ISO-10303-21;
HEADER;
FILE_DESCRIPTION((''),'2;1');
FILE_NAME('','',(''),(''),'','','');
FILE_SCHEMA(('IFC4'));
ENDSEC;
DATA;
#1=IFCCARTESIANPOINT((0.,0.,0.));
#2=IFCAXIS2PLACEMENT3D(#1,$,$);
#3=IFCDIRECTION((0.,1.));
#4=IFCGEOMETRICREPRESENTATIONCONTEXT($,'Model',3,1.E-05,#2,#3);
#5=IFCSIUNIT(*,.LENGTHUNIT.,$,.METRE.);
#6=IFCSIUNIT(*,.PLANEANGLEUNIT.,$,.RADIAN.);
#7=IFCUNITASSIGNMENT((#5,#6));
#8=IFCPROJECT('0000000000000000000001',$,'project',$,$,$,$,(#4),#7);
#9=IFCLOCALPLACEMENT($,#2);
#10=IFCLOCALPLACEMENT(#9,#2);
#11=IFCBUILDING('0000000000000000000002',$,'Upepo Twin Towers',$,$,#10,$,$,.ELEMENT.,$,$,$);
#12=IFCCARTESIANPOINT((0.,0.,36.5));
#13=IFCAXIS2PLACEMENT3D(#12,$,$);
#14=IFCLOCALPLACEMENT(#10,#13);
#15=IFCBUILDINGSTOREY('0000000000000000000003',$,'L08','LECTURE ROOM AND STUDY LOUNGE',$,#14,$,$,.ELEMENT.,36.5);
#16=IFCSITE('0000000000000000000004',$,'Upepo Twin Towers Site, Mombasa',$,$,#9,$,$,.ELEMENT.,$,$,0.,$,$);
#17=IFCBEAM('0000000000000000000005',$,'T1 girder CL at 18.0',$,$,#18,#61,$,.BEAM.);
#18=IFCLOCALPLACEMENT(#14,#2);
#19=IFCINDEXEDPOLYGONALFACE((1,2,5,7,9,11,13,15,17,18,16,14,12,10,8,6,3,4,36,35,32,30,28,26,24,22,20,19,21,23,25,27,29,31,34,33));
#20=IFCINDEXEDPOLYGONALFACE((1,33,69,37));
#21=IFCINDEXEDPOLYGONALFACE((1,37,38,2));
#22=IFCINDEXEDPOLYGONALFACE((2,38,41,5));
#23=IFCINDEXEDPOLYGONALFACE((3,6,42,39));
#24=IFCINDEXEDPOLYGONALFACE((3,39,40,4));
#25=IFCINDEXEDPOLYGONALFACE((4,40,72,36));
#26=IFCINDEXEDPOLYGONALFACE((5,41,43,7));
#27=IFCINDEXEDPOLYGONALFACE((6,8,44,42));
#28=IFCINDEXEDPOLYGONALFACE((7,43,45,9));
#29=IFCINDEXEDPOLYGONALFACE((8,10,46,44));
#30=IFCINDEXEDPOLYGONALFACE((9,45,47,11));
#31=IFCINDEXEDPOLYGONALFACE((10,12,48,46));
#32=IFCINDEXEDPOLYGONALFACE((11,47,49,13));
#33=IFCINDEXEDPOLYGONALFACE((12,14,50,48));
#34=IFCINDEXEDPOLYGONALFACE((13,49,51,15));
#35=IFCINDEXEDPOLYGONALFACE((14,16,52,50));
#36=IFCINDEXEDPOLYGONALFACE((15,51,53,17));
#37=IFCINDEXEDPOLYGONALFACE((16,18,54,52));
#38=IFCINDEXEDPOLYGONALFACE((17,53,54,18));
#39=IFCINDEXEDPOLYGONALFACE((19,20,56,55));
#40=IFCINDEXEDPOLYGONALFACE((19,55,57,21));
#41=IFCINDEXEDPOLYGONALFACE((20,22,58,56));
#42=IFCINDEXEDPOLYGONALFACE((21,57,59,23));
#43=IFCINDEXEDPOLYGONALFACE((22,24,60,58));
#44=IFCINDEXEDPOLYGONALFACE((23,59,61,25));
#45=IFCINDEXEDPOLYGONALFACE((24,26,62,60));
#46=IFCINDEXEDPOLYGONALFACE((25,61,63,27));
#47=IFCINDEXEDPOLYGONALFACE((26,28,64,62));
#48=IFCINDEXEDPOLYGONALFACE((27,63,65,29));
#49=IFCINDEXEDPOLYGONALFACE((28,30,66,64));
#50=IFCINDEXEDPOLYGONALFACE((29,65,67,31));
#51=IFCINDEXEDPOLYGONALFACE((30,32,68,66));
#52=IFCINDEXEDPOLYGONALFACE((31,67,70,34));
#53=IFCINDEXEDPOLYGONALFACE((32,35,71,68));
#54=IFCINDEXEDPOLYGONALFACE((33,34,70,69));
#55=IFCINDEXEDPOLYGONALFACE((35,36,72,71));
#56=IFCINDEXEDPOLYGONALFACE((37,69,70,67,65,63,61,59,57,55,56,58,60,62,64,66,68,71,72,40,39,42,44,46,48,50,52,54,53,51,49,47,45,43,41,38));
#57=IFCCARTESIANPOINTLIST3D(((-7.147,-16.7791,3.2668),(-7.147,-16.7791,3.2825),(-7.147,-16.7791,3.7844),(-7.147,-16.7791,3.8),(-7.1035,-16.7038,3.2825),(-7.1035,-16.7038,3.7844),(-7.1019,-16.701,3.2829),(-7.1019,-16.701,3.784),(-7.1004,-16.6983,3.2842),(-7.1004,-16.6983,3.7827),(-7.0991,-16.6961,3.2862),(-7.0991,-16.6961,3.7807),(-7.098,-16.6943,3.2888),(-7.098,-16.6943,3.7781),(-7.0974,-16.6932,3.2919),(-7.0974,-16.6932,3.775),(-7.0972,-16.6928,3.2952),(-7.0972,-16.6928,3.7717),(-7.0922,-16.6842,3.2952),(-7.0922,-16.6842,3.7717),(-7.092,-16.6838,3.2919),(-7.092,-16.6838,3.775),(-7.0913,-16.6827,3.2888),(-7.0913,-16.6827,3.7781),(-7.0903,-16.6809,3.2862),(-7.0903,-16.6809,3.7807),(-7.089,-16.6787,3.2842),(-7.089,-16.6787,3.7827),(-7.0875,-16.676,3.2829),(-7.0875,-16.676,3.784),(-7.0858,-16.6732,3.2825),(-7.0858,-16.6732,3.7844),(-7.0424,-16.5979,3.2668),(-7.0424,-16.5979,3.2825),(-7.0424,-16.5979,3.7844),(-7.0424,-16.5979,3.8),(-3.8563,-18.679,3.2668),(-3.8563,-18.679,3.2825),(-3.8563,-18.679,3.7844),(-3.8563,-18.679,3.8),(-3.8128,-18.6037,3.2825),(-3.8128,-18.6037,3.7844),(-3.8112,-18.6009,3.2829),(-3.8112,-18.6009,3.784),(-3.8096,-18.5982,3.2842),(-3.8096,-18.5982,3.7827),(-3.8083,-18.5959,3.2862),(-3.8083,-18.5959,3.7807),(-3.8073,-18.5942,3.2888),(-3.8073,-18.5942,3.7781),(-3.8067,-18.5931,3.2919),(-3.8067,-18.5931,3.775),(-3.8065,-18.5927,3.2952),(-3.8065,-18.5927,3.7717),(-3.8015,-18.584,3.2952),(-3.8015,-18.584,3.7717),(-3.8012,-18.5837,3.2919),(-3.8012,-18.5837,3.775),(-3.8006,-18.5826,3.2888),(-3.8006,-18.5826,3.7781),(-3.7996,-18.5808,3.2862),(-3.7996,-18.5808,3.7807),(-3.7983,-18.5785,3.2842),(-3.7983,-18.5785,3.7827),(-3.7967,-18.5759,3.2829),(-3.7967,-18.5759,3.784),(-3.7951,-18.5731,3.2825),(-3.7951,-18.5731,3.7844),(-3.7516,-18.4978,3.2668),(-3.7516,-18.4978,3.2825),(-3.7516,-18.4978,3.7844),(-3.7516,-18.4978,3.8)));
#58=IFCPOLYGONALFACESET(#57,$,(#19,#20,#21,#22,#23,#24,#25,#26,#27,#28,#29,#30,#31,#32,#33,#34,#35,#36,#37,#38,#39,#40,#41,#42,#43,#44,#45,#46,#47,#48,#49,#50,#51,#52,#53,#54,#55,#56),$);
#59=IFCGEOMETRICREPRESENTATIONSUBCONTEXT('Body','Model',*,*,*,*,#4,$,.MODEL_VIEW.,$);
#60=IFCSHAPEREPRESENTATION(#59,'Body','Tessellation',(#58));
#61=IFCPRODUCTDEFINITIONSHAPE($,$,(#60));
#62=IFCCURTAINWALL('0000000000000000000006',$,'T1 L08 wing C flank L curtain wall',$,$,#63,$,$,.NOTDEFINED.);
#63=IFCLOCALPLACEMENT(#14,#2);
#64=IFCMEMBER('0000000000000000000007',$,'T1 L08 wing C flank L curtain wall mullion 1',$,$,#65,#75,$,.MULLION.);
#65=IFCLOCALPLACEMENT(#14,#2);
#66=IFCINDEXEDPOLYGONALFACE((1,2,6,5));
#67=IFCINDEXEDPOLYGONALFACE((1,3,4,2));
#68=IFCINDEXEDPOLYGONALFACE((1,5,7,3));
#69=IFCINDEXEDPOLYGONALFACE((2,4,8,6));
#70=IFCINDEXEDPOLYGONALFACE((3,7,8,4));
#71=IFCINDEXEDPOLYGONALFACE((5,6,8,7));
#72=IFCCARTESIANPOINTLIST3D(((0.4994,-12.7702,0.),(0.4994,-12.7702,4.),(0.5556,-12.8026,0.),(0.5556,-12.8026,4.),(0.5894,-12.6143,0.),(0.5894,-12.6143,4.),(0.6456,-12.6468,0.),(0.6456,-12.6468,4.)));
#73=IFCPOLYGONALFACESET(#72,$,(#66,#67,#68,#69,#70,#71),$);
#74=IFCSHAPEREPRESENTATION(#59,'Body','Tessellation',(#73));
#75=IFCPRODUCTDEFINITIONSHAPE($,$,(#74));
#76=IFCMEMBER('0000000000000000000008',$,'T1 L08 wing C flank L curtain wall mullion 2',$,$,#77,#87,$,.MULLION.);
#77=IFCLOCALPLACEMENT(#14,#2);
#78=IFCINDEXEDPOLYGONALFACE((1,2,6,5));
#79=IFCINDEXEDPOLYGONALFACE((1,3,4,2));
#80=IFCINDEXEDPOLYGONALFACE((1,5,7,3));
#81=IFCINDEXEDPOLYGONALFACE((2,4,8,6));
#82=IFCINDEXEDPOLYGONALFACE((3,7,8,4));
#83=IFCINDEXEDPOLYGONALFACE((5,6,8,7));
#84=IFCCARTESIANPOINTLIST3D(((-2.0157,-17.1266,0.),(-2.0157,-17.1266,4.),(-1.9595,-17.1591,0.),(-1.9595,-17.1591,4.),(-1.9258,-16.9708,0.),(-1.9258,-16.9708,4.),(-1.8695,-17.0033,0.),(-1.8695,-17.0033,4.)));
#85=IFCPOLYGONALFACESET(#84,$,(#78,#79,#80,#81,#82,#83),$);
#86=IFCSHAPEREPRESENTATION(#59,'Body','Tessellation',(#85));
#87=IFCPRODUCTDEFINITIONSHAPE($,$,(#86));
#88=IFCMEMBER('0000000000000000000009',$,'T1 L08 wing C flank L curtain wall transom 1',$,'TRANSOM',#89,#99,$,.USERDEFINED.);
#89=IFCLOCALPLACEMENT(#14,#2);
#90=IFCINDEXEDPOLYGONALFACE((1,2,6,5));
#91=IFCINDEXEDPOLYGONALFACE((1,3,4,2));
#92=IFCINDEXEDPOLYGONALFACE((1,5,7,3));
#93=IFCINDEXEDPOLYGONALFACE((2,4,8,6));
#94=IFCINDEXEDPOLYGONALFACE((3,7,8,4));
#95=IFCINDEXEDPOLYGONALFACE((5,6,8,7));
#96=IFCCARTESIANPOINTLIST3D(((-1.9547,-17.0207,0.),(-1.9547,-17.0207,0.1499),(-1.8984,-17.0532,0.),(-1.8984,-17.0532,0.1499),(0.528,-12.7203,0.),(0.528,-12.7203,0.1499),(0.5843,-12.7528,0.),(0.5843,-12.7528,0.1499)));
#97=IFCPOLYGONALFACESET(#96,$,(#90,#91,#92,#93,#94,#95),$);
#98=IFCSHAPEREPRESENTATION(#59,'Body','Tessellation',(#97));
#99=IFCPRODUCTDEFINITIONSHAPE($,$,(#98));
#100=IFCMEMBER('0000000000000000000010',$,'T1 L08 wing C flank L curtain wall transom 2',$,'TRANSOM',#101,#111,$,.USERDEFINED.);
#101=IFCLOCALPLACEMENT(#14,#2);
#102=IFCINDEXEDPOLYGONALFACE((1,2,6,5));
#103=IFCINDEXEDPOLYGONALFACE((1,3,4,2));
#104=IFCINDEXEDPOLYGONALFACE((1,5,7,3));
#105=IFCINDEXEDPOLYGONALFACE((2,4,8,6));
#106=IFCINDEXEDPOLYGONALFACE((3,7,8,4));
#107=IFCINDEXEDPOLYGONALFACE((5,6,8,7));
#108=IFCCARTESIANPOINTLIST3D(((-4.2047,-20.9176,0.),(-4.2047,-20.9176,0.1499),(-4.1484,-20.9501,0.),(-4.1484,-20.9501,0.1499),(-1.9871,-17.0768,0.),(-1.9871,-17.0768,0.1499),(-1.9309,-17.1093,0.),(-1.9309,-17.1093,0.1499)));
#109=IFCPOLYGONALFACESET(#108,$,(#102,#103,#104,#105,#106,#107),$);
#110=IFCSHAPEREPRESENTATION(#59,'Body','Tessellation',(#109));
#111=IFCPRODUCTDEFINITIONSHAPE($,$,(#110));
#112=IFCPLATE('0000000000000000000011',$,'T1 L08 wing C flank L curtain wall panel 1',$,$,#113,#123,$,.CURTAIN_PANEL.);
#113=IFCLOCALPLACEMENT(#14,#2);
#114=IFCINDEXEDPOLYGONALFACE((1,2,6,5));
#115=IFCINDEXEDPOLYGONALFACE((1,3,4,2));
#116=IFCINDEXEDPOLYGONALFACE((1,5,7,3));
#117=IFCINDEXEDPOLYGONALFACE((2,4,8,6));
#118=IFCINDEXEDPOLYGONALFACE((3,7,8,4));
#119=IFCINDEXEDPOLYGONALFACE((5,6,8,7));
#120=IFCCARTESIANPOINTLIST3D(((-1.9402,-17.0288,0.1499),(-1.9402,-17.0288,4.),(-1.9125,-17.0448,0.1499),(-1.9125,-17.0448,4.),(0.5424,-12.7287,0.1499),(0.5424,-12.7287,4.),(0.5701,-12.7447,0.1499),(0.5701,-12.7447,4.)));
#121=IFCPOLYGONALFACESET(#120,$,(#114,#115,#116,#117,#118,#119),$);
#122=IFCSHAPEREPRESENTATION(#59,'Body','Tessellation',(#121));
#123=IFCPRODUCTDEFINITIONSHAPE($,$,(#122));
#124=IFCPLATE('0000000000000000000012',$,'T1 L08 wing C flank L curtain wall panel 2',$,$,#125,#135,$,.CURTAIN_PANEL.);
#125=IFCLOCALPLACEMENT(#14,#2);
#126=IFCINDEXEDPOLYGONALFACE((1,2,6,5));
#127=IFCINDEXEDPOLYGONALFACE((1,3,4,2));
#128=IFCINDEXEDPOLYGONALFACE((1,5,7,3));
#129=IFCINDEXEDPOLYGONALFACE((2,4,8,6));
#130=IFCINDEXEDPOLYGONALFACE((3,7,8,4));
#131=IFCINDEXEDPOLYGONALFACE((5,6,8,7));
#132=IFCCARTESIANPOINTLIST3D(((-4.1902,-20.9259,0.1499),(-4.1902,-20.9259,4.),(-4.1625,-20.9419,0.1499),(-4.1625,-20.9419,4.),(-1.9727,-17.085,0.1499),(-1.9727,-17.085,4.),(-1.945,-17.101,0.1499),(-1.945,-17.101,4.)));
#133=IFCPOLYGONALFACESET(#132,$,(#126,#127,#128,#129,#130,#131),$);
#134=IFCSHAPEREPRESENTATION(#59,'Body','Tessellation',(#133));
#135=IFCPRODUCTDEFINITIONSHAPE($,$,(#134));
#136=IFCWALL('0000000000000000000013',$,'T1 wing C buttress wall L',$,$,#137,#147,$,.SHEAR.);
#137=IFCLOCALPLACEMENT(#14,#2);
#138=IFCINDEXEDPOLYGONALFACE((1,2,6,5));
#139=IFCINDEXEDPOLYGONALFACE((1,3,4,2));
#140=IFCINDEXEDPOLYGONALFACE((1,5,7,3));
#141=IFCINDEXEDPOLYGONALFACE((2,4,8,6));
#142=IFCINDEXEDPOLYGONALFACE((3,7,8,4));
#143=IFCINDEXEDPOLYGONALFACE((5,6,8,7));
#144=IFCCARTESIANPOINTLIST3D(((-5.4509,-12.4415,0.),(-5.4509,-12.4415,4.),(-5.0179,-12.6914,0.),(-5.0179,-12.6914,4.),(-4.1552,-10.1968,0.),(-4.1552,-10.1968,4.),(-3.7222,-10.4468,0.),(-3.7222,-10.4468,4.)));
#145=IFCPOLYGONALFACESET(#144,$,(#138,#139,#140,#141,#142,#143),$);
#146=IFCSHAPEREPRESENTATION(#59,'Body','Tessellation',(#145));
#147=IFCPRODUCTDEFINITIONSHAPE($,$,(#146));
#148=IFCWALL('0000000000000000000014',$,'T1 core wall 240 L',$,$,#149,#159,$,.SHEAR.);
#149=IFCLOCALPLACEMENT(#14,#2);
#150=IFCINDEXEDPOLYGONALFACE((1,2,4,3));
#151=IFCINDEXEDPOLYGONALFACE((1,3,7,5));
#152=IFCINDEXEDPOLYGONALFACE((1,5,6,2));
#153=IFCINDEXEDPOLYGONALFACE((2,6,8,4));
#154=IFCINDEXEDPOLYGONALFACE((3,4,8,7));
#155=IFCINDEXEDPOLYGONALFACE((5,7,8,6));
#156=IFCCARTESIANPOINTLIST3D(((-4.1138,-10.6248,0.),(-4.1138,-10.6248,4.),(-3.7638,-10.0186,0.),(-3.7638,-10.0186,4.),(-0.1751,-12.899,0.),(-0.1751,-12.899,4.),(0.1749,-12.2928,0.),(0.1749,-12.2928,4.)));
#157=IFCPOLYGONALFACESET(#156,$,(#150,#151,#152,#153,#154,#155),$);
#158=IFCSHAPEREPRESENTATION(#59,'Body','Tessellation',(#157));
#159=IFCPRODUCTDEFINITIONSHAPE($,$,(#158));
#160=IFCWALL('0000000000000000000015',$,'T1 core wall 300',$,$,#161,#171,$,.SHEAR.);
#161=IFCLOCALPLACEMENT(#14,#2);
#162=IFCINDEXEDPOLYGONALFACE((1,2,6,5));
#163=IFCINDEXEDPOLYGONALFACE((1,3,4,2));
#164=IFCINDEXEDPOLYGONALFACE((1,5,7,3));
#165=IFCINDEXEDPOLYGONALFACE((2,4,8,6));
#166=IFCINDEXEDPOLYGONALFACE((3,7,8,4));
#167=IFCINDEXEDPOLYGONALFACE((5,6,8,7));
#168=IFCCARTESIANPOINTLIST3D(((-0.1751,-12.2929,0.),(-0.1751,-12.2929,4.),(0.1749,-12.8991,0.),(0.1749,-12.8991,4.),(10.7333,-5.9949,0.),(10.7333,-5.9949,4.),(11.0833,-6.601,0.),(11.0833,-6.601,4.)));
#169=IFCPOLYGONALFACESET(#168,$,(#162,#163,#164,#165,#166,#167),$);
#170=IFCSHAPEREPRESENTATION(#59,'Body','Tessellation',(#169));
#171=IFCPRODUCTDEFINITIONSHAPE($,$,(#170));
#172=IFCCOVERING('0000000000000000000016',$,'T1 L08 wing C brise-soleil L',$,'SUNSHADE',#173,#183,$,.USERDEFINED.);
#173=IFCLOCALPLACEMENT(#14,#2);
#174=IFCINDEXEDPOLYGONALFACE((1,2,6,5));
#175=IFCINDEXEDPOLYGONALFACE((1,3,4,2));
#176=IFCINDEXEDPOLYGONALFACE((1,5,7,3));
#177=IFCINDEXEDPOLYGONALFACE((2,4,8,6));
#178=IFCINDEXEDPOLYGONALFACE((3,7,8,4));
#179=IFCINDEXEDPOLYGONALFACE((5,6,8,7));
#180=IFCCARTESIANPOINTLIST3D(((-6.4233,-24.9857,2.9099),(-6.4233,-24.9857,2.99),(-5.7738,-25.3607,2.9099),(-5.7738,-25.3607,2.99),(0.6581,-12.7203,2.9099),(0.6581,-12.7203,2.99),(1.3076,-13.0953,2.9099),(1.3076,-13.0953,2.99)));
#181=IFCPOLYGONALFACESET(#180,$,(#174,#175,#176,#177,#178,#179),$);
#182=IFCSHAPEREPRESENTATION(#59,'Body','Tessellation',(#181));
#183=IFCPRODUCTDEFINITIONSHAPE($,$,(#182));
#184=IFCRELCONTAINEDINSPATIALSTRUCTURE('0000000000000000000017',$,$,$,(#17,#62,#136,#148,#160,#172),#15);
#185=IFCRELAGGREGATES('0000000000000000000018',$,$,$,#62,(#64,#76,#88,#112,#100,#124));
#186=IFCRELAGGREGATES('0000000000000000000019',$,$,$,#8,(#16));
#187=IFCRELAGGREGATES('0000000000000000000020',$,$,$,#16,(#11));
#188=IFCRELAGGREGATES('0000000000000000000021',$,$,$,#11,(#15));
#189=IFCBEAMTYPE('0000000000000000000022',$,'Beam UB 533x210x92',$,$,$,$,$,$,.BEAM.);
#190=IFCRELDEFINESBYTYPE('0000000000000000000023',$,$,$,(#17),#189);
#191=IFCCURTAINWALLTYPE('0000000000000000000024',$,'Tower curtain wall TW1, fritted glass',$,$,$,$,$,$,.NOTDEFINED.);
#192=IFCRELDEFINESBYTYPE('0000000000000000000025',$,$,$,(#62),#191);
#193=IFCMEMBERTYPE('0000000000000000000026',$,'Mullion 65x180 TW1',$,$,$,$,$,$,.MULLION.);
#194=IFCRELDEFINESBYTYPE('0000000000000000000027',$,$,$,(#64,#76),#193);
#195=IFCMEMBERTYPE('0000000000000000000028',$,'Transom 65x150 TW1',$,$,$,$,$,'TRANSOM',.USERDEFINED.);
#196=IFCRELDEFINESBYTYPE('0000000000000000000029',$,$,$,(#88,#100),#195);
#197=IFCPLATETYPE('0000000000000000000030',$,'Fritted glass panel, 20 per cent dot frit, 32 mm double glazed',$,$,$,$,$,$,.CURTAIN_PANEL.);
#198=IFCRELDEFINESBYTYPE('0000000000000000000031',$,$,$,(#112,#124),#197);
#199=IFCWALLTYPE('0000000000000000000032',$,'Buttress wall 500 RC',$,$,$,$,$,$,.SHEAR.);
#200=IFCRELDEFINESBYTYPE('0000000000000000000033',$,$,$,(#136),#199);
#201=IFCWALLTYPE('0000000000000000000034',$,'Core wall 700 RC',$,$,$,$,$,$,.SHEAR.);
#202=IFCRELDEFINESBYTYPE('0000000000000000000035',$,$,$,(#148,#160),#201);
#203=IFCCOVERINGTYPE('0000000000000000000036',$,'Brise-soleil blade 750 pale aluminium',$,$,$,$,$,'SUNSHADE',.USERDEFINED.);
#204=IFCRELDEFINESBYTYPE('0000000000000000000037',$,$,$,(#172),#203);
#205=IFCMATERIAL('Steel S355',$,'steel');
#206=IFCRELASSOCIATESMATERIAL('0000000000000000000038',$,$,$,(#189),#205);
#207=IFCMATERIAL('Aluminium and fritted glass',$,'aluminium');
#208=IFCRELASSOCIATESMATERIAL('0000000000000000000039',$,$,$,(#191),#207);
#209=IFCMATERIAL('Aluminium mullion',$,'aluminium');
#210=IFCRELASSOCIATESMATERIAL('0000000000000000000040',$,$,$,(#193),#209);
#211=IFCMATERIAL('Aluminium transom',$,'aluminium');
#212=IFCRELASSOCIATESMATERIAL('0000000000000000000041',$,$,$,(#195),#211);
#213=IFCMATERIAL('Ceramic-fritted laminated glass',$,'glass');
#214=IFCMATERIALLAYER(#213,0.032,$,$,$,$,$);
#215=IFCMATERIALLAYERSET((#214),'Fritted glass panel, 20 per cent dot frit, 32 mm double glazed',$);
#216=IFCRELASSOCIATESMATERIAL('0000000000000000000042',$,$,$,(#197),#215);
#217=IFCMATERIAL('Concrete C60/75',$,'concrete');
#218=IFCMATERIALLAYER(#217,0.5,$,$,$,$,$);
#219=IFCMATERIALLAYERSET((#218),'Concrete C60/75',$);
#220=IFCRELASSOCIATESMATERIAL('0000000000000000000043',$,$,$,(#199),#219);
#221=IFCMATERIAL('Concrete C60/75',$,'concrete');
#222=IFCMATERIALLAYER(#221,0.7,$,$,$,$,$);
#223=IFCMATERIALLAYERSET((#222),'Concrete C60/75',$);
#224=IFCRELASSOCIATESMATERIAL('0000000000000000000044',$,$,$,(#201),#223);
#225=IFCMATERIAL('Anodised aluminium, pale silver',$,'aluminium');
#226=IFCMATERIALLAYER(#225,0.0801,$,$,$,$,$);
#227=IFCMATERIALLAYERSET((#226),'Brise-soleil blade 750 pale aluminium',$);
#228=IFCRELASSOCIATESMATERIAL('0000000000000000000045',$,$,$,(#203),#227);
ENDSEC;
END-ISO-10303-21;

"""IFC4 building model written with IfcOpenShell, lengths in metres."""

from ifc_helpers import new_model, si_unit, direction, frame, frame_2d, origin, origin_2d, place, context, subcontext, project, spatial, rectangle, i_section, extrude, material, layer, layer_set, material_profile, profile_set, type_object, element, aggregate, save


model = new_model("IFC4")

# Units and contexts
model_context = context("Model", 3, precision=1e-05, world=origin(), true_north=direction((0.0, 1.0)))
body_context = subcontext(model_context, "Body", "Model", "MODEL_VIEW")
ifc_project = project(units=[si_unit("LENGTHUNIT", "METRE"), si_unit("PLANEANGLEUNIT", "RADIAN")], contexts=[model_context])

# Site, building, storey
site_placement = place(None, origin())
site = spatial("IfcSite", under=ifc_project, at=site_placement, Name="Upepo Twin Towers Site, Mombasa", CompositionType="ELEMENT", RefElevation=0.0)
building_placement = place(site_placement, origin())
building = spatial("IfcBuilding", under=site, at=building_placement, Name="Upepo Twin Towers", CompositionType="ELEMENT")
storey_placement = place(building_placement, frame((0.0, 0.0, 36.5)))
storey = spatial("IfcBuildingStorey", under=building, at=storey_placement, Name="L08", Description="LECTURE ROOM AND STUDY LOUNGE", CompositionType="ELEMENT", Elevation=36.5)

# Beam
ifc_material_1 = material(Name="Steel S355", Category="steel")
ifc_material_profile_1 = material_profile(ifc_material_1, i_section(OverallWidth=0.2092, OverallDepth=0.5332, WebThickness=0.01, FlangeThickness=0.0156, FilletRadius=0.0127, at=origin_2d()), Name="UB 533x210x92")
ifc_profile_set_1 = profile_set([ifc_material_profile_1], Name="Steel S355")
beam_type_1 = type_object("IfcBeamType", Name="Beam UB 533x210x92", PredefinedType="BEAM", material=ifc_profile_set_1)
beam_1_placement = place(storey_placement, frame((-3.804, -18.5884, 3.5334), z_axis=(-0.866028, 0.499995, 0.0), x_axis=(-0.499995, -0.866028, 0.0)))
element("IfcBeam", 1, at=beam_1_placement, inside=storey, type_object=beam_type_1, Name="T1 girder CL at 18.0", PredefinedType="BEAM", context=body_context, shape_type="SweptSolid", body=[
    extrude(i_section(OverallWidth=0.2092, OverallDepth=0.5332, WebThickness=0.01, FlangeThickness=0.0156, FilletRadius=0.0127, at=origin_2d()), origin(), (0.0, 0.0, 1.0), 3.7998),
])

# Curtain wall, members, plates
ifc_material_2 = material(Name="Aluminium and fritted glass", Category="aluminium")
curtain_wall_type = type_object("IfcCurtainWallType", Name="Tower curtain wall TW1, fritted glass", PredefinedType="NOTDEFINED", material=ifc_material_2)
curtain_wall_placement = place(storey_placement, origin())
curtain_wall = element("IfcCurtainWall", 2, at=curtain_wall_placement, inside=storey, type_object=curtain_wall_type, Name="T1 L08 wing C flank L curtain wall", PredefinedType="NOTDEFINED")
ifc_material_3 = material(Name="Aluminium mullion", Category="aluminium")
ifc_material_profile_2 = material_profile(ifc_material_3, rectangle(XDim=0.0649, YDim=0.1799, at=origin_2d()), Name="MULLION 65x180")
ifc_profile_set_2 = profile_set([ifc_material_profile_2], Name="Aluminium mullion")
member_type_1 = type_object("IfcMemberType", Name="Mullion 65x180 TW1", PredefinedType="MULLION", material=ifc_profile_set_2)
member_1_placement = place(storey_placement, frame((0.5725, -12.7085, 0.0), z_axis=(0.0, 0.0, 1.0), x_axis=(0.866025, -0.5, 0.0)))
member_1 = element("IfcMember", 3, at=member_1_placement, type_object=member_type_1, Name="T1 L08 wing C flank L curtain wall mullion 1", PredefinedType="MULLION", context=body_context, shape_type="SweptSolid", body=[
    extrude(rectangle(XDim=0.0649, YDim=0.1799, at=origin_2d()), origin(), (0.0, 0.0, 1.0), 4.0),
])
member_2_placement = place(storey_placement, frame((-1.9426, -17.0649, 0.0), z_axis=(0.0, 0.0, 1.0), x_axis=(0.866025, -0.5, 0.0)))
member_2 = element("IfcMember", 4, at=member_2_placement, type_object=member_type_1, Name="T1 L08 wing C flank L curtain wall mullion 2", PredefinedType="MULLION", context=body_context, shape_type="SweptSolid", body=[
    extrude(rectangle(XDim=0.0649, YDim=0.1799, at=origin_2d()), origin(), (0.0, 0.0, 1.0), 4.0),
])
ifc_material_4 = material(Name="Aluminium transom", Category="aluminium")
ifc_material_profile_3 = material_profile(ifc_material_4, rectangle(XDim=0.0649, YDim=0.1499, at=origin_2d()), Name="TRANSOM 65x150")
ifc_profile_set_3 = profile_set([ifc_material_profile_3], Name="Aluminium transom")
member_type_2 = type_object("IfcMemberType", Name="Transom 65x150 TW1", ElementType="TRANSOM", PredefinedType="USERDEFINED", material=ifc_profile_set_3)
member_3_placement = place(storey_placement, frame((0.5562, -12.7366, 0.075), z_axis=(-0.499983, -0.866035, 0.0), x_axis=(0.866035, -0.499983, 0.0)))
member_3 = element("IfcMember", 5, at=member_3_placement, type_object=member_type_2, Name="T1 L08 wing C flank L curtain wall transom 1", ObjectType="TRANSOM", PredefinedType="USERDEFINED", context=body_context, shape_type="SweptSolid", body=[
    extrude(rectangle(XDim=0.0649, YDim=0.1499, at=origin_2d()), origin(), (0.0, 0.0, 1.0), 4.9656),
])
member_4_placement = place(storey_placement, frame((-1.959, -17.093, 0.075), z_axis=(-0.500005, -0.866022, 0.0), x_axis=(0.866022, -0.500005, 0.0)))
member_4 = element("IfcMember", 6, at=member_4_placement, type_object=member_type_2, Name="T1 L08 wing C flank L curtain wall transom 2", ObjectType="TRANSOM", PredefinedType="USERDEFINED", context=body_context, shape_type="SweptSolid", body=[
    extrude(rectangle(XDim=0.0649, YDim=0.1499, at=origin_2d()), origin(), (0.0, 0.0, 1.0), 4.4351),
])
ifc_material_5 = material(Name="Ceramic-fritted laminated glass", Category="glass")
ifc_layer_1 = layer(ifc_material_5, 0.032)
ifc_layer_set_1 = layer_set([ifc_layer_1], Name="Fritted glass panel, 20 per cent dot frit, 32 mm double glazed")
plate_type = type_object("IfcPlateType", Name="Fritted glass panel, 20 per cent dot frit, 32 mm double glazed", PredefinedType="CURTAIN_PANEL", material=ifc_layer_set_1)
plate_1_placement = place(storey_placement, frame((-0.6851, -14.8867, 0.1499), z_axis=(0.0, 0.0, 1.0), x_axis=(-0.5, -0.866025, 0.0)))
plate_1 = element("IfcPlate", 7, at=plate_1_placement, type_object=plate_type, Name="T1 L08 wing C flank L curtain wall panel 1", PredefinedType="CURTAIN_PANEL", context=body_context, shape_type="SweptSolid", body=[
    extrude(rectangle(XDim=4.9653, YDim=0.032, at=origin_2d()), origin(), (0.0, 0.0, 1.0), 3.8501),
])
plate_2_placement = place(storey_placement, frame((-3.0676, -19.0134, 0.1499), z_axis=(0.0, 0.0, 1.0), x_axis=(-0.5, -0.866025, 0.0)))
plate_2 = element("IfcPlate", 8, at=plate_2_placement, type_object=plate_type, Name="T1 L08 wing C flank L curtain wall panel 2", PredefinedType="CURTAIN_PANEL", context=body_context, shape_type="SweptSolid", body=[
    extrude(rectangle(XDim=4.4351, YDim=0.032, at=origin_2d()), origin(), (0.0, 0.0, 1.0), 3.8501),
])
aggregate(curtain_wall, [member_1, member_2, member_3, plate_1, member_4, plate_2])

# Walls
ifc_material_6 = material(Name="Concrete C60/75", Category="concrete")
ifc_layer_2 = layer(ifc_material_6, 0.5)
ifc_layer_set_2 = layer_set([ifc_layer_2], Name="Concrete C60/75")
wall_type_1 = type_object("IfcWallType", Name="Buttress wall 500 RC", PredefinedType="SHEAR", material=ifc_layer_set_2)
wall_1_placement = place(storey_placement, frame((-3.9387, -10.3218, 0.0), z_axis=(0.0, 0.0, 1.0), x_axis=(-0.499918, -0.866073, 0.0)))
element("IfcWall", 9, at=wall_1_placement, inside=storey, type_object=wall_type_1, Name="T1 wing C buttress wall L", PredefinedType="SHEAR", context=body_context, shape_type="SweptSolid", body=[
    extrude(rectangle(XDim=2.5918, YDim=0.5, at=frame_2d((1.2959, 0.0))), origin(), (0.0, 0.0, 1.0), 4.0),
])
ifc_material_7 = material(Name="Concrete C60/75", Category="concrete")
ifc_layer_3 = layer(ifc_material_7, 0.7)
ifc_layer_set_3 = layer_set([ifc_layer_3], Name="Concrete C60/75")
wall_type_2 = type_object("IfcWallType", Name="Core wall 700 RC", PredefinedType="SHEAR", material=ifc_layer_set_3)
wall_2_placement = place(storey_placement, frame((-3.9387, -10.3218, 0.0), z_axis=(0.0, 0.0, 1.0), x_axis=(0.866011, -0.500024, 0.0)))
element("IfcWall", 10, at=wall_2_placement, inside=storey, type_object=wall_type_2, Name="T1 core wall 240 L", PredefinedType="SHEAR", context=body_context, shape_type="SweptSolid", body=[
    extrude(rectangle(XDim=4.5481, YDim=0.7, at=frame_2d((2.2739, 0.0))), origin(), (0.0, 0.0, 1.0), 4.0),
])
wall_3_placement = place(storey_placement, frame((0.0, -12.5959, 0.0), z_axis=(0.0, 0.0, 1.0), x_axis=(0.866022, 0.500006, 0.0)))
element("IfcWall", 11, at=wall_3_placement, inside=storey, type_object=wall_type_2, Name="T1 core wall 300", PredefinedType="SHEAR", context=body_context, shape_type="SweptSolid", body=[
    extrude(rectangle(XDim=12.5959, YDim=0.7, at=frame_2d((6.2979, 0.0))), origin(), (0.0, 0.0, 1.0), 4.0),
])

# Covering
ifc_material_8 = material(Name="Anodised aluminium, pale silver", Category="aluminium")
ifc_layer_4 = layer(ifc_material_8, 0.0801)
ifc_layer_set_4 = layer_set([ifc_layer_4], Name="Brise-soleil blade 750 pale aluminium")
covering_type = type_object("IfcCoveringType", Name="Brise-soleil blade 750 pale aluminium", ElementType="SUNSHADE", PredefinedType="USERDEFINED", material=ifc_layer_set_4)
covering_placement = place(storey_placement, frame((-2.5579, -19.0405, 2.9099), z_axis=(0.0, 0.0, 1.0), x_axis=(-0.5, -0.866025, 0.0)))
element("IfcCovering", 12, at=covering_placement, inside=storey, type_object=covering_type, Name="T1 L08 wing C brise-soleil L", ObjectType="SUNSHADE", PredefinedType="USERDEFINED", context=body_context, shape_type="SweptSolid", body=[
    extrude(rectangle(XDim=14.1628, YDim=0.75, at=origin_2d()), origin(), (0.0, 0.0, 1.0), 0.0801),
])

save(model, "model.ifc")
